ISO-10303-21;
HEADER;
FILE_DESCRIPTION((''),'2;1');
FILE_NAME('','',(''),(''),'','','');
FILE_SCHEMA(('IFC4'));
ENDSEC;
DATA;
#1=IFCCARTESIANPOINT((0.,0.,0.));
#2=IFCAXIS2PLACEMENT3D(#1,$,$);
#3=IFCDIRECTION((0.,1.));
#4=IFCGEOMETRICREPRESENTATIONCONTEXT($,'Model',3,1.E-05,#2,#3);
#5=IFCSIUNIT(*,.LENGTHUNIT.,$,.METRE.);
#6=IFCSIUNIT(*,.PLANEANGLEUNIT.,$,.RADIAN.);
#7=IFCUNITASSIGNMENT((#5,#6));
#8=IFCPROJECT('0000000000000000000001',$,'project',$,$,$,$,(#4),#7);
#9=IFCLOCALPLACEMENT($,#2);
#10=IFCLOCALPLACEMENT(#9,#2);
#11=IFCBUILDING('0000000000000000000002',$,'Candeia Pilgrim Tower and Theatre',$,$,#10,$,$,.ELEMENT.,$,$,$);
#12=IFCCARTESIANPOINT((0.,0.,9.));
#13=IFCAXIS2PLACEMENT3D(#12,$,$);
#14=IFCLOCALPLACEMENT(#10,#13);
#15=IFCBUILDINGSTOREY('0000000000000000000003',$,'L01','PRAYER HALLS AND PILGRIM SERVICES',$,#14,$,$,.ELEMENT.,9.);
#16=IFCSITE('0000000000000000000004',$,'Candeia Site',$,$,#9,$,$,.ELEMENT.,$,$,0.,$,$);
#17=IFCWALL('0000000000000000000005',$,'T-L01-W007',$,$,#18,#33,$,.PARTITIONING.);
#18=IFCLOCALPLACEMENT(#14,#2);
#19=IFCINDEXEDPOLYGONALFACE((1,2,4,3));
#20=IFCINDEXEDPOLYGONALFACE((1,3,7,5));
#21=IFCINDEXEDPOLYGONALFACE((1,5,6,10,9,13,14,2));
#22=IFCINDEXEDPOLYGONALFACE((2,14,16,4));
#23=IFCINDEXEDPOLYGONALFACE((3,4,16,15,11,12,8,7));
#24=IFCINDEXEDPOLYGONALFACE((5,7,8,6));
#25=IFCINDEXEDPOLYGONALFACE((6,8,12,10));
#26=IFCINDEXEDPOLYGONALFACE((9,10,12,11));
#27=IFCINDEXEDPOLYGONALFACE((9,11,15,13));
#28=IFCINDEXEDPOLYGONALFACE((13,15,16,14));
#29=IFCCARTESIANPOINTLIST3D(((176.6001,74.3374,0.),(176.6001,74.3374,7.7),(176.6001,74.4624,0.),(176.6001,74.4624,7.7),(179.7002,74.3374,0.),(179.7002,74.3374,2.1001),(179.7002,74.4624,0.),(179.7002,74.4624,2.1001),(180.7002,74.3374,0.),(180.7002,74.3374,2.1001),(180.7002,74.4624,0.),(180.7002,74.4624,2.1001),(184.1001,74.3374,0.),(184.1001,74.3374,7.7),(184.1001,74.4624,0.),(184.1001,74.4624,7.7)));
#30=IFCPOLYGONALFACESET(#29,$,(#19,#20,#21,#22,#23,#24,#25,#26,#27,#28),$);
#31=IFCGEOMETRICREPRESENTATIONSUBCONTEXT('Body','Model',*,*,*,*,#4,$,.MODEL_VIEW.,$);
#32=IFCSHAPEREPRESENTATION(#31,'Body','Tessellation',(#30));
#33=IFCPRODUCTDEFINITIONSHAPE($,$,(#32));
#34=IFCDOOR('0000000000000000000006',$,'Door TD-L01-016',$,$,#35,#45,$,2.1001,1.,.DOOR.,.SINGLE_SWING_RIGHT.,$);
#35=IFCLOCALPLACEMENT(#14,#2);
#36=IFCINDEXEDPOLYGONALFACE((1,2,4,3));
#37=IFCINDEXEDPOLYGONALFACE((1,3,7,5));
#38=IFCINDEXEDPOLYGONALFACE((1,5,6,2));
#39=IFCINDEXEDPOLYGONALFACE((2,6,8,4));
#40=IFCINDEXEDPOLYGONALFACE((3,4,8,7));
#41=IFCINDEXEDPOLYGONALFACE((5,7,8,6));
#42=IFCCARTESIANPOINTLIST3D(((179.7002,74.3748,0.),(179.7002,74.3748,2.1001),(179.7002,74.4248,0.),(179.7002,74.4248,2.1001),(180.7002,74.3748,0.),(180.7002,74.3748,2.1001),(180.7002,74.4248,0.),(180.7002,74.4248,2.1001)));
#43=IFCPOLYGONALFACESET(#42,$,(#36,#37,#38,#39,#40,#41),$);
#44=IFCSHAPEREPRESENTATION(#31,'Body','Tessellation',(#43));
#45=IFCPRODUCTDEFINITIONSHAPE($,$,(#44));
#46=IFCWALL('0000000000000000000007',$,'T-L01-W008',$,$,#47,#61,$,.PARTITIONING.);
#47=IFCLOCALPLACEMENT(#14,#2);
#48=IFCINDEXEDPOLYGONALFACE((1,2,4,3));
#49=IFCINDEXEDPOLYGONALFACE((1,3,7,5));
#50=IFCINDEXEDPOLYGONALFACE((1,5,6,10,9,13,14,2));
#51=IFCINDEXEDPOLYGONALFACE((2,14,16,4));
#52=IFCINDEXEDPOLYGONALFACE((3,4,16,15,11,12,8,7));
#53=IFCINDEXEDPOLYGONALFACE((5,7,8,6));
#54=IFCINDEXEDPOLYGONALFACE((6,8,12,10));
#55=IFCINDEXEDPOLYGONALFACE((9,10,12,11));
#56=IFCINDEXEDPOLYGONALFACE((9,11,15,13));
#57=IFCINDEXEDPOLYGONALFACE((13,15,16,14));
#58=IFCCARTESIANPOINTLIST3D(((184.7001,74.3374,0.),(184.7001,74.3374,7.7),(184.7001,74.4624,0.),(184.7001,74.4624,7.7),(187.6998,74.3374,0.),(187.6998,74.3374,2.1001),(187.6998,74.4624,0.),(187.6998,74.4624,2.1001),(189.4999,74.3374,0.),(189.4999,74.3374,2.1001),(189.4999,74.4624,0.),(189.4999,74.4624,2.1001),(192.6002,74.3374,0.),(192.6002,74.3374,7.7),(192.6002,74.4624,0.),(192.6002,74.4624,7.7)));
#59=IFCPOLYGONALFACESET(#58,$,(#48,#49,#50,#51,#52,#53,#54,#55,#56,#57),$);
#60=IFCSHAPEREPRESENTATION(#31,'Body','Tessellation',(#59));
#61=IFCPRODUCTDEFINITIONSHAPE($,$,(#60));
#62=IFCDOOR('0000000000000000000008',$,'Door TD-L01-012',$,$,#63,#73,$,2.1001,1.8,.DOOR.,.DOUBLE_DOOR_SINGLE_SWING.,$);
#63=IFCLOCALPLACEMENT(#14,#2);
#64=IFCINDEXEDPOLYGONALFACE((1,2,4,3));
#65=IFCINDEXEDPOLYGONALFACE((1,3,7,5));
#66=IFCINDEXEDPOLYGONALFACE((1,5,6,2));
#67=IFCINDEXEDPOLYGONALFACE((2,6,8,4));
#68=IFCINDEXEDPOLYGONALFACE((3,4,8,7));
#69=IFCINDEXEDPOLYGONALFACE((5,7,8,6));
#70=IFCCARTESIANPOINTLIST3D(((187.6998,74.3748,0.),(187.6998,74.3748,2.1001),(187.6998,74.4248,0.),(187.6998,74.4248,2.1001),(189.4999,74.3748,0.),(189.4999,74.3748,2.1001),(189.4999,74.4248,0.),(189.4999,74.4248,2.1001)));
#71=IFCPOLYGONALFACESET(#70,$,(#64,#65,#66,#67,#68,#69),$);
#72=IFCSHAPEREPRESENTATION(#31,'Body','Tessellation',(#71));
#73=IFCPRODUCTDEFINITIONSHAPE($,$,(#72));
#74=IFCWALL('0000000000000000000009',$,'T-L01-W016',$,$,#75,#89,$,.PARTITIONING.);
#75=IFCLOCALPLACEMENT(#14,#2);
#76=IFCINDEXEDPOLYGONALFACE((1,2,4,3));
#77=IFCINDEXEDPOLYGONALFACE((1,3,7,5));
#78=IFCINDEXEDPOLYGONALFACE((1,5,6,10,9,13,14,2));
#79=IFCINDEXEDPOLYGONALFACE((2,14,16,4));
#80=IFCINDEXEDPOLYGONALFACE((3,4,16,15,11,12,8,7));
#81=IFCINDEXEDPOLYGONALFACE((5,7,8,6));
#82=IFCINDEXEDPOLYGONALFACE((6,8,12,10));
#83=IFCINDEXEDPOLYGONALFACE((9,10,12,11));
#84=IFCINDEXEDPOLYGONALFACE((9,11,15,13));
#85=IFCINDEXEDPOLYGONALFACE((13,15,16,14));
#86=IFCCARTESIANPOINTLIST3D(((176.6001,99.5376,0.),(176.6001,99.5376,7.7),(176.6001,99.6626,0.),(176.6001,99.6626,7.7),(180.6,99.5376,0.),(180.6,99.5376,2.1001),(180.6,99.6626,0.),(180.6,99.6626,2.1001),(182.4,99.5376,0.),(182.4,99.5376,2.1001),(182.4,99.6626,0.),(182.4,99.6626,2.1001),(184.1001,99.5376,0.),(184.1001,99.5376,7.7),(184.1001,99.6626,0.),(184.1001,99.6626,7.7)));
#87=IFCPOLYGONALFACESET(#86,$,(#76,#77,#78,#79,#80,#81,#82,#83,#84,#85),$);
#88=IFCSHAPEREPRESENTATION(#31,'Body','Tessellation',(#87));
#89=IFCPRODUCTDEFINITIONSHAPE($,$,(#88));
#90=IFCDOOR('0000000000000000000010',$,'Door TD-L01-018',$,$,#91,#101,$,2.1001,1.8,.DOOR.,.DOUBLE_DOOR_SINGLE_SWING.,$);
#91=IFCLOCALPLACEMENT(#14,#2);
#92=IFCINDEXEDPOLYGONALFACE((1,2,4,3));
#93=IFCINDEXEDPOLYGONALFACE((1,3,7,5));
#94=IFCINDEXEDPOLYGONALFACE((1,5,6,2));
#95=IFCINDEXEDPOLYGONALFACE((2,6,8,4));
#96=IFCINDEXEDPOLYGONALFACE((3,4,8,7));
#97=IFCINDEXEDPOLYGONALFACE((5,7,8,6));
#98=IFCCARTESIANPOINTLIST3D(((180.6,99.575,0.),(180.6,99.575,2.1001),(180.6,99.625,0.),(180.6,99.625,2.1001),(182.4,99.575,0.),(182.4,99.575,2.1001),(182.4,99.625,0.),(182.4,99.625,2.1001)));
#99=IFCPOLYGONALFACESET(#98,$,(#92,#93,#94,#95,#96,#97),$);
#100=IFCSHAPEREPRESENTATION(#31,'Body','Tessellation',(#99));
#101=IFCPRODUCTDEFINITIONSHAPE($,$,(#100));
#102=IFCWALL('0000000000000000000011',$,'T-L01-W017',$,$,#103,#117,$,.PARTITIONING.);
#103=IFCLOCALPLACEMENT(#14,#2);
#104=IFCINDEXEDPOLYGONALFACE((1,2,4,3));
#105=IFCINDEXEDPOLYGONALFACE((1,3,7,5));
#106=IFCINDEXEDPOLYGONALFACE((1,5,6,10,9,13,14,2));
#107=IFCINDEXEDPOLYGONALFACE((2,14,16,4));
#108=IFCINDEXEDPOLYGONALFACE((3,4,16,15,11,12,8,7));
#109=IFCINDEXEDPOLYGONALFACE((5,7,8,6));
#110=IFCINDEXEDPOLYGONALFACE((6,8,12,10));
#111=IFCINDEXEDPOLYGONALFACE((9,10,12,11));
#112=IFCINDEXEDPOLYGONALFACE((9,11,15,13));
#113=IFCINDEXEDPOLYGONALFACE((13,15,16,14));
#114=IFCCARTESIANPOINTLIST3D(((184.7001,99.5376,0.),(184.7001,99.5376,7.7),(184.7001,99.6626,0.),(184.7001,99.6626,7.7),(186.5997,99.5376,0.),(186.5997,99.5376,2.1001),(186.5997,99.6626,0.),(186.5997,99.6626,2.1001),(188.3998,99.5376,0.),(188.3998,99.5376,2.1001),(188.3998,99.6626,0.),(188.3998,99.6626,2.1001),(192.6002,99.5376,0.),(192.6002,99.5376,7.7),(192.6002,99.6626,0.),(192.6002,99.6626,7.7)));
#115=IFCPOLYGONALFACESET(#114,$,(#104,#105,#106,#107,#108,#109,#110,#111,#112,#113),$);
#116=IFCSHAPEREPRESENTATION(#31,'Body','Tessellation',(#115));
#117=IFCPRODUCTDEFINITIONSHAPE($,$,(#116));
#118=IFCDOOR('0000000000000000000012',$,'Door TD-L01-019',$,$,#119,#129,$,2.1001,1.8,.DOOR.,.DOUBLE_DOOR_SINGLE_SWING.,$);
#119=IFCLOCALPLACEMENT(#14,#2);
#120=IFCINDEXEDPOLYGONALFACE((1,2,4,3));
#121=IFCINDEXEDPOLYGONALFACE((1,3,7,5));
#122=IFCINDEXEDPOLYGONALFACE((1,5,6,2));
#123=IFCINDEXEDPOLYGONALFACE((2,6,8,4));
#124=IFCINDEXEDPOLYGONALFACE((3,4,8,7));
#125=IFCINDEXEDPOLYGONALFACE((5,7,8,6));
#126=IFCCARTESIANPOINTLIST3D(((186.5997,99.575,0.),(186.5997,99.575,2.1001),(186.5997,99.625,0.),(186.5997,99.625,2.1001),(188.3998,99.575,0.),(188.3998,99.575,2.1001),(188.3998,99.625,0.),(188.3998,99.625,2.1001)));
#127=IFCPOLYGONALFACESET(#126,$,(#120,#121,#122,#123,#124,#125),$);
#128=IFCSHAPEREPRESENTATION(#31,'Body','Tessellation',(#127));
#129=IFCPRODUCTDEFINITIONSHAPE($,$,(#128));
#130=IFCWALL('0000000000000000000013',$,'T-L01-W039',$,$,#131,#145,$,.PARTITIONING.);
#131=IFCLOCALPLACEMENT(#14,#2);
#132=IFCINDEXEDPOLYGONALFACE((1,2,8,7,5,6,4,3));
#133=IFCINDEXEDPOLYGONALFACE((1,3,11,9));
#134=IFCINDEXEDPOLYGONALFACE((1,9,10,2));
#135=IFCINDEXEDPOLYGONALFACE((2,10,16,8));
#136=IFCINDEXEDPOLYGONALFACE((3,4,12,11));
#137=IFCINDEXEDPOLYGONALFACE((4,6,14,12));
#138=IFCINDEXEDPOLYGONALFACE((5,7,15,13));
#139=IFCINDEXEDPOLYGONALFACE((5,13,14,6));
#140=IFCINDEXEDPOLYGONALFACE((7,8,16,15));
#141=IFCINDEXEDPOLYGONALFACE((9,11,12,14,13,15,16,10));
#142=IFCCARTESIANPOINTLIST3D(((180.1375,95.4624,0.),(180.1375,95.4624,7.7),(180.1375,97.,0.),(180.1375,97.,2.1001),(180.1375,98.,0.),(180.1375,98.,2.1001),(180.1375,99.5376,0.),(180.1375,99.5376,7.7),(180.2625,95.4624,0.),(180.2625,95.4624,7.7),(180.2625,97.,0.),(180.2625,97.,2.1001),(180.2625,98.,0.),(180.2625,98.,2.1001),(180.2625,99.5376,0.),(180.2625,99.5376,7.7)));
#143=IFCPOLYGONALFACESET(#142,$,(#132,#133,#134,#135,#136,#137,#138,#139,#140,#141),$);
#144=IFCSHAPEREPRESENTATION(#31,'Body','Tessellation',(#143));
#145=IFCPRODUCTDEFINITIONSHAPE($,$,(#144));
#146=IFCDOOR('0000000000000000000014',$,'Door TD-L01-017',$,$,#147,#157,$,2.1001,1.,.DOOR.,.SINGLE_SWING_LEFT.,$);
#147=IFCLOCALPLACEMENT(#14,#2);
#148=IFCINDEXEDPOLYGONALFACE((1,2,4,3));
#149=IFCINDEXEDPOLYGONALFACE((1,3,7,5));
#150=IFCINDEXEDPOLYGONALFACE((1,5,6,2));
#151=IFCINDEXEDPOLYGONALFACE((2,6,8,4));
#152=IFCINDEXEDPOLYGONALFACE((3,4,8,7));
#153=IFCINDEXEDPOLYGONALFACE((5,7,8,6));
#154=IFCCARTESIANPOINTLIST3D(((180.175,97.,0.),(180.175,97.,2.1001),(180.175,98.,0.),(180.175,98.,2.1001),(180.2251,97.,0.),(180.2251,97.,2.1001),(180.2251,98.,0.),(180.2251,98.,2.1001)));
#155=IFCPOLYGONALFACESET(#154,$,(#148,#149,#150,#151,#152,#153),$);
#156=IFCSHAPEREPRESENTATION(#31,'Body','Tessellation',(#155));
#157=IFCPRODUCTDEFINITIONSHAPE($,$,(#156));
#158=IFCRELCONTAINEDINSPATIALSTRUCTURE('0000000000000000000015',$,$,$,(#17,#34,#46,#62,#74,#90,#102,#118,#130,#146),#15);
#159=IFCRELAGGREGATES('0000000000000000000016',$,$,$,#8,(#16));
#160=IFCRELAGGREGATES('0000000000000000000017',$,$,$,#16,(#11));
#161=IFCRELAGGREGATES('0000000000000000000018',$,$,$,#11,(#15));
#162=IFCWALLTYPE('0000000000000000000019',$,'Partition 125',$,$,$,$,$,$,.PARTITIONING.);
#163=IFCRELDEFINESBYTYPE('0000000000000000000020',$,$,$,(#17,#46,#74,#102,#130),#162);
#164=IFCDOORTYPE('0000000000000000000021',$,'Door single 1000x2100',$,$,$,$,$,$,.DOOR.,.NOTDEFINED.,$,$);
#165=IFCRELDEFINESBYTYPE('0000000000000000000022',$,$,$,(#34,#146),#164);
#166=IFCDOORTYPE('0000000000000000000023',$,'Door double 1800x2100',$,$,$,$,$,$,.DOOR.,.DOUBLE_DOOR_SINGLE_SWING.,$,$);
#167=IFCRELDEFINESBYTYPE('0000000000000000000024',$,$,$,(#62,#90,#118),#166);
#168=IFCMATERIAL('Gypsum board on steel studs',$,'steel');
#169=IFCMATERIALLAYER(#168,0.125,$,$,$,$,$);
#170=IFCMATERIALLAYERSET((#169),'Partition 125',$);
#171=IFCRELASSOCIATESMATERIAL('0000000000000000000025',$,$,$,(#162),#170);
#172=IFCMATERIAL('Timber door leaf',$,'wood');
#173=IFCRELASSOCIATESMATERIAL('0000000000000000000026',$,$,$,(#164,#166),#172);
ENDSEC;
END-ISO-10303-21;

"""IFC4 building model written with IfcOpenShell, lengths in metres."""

from ifc_helpers import new_model, si_unit, direction, frame, frame_2d, origin, place, context, subcontext, project, spatial, rectangle, extrude, material, layer, layer_set, type_object, element, fill, save


model = new_model("IFC4")

# Units and contexts
model_context = context("Model", 3, precision=1e-05, world=origin(), true_north=direction((0.0, 1.0)))
body_context = subcontext(model_context, "Body", "Model", "MODEL_VIEW")
ifc_project = project(units=[si_unit("LENGTHUNIT", "METRE"), si_unit("PLANEANGLEUNIT", "RADIAN")], contexts=[model_context])

# Site, building, storey
site_placement = place(None, origin())
site = spatial("IfcSite", under=ifc_project, at=site_placement, Name="Candeia Site", CompositionType="ELEMENT", RefElevation=0.0)
building_placement = place(site_placement, origin())
building = spatial("IfcBuilding", under=site, at=building_placement, Name="Candeia Pilgrim Tower and Theatre", CompositionType="ELEMENT")
storey_placement = place(building_placement, frame((0.0, 0.0, 9.0)))
storey = spatial("IfcBuildingStorey", under=building, at=storey_placement, Name="L01", Description="PRAYER HALLS AND PILGRIM SERVICES", CompositionType="ELEMENT", Elevation=9.0)

# Shared definitions
ifc_material_1 = material(Name="Gypsum board on steel studs", Category="steel")
ifc_layer = layer(ifc_material_1, 0.125)
ifc_layer_set = layer_set([ifc_layer], Name="Partition 125")
wall_type = type_object("IfcWallType", Name="Partition 125", PredefinedType="PARTITIONING", material=ifc_layer_set)

# Shared definitions
ifc_material_2 = material(Name="Timber door leaf", Category="wood")
door_type_1 = type_object("IfcDoorType", Name="Door single 1000x2100", OperationType="NOTDEFINED", PredefinedType="DOOR", material=ifc_material_2)

# Walls, openings, doors
wall_1_placement = place(storey_placement, frame((176.6001, 74.3999, 0.0), z_axis=(0.0, 0.0, 1.0), x_axis=(1.0, 0.0, 0.0)))
wall_1 = element("IfcWall", 1, at=wall_1_placement, inside=storey, type_object=wall_type, Name="T-L01-W007", PredefinedType="PARTITIONING", context=body_context, shape_type="SweptSolid", body=[
    extrude(rectangle(XDim=7.5, YDim=0.125, at=frame_2d((3.75, 0.0))), origin(), (0.0, 0.0, 1.0), 7.7),
])
opening_1_placement = place(wall_1_placement, frame((3.1001, 0.0, 0.0)))
opening_1 = element("IfcOpeningElement", 2, at=opening_1_placement, cuts=wall_1, PredefinedType="OPENING", context=body_context, shape_type="SweptSolid", body=[
    extrude(rectangle(XDim=1.0, YDim=2.1001, at=frame_2d((0.5, 1.05))), frame((0.0, 0.0725, 0.0), z_axis=(0.0, -1.0, 0.0), x_axis=(1.0, 0.0, 0.0)), (0.0, 0.0, 1.0), 0.145),
])
door_1_placement = place(opening_1_placement, origin())
door_1 = element("IfcDoor", 3, at=door_1_placement, inside=storey, type_object=door_type_1, Name="Door TD-L01-016", OperationType="SINGLE_SWING_RIGHT", OverallHeight=2.1001, OverallWidth=1.0, PredefinedType="DOOR", context=body_context, shape_type="SweptSolid", body=[
    extrude(rectangle(XDim=1.0, YDim=2.1001, at=frame_2d((0.5, 1.05))), frame((0.0, 0.0249, 0.0), z_axis=(0.0, -1.0, 0.0), x_axis=(1.0, 0.0, 0.0)), (0.0, 0.0, 1.0), 0.05),
])
fill(opening_1, door_1)
wall_2_placement = place(storey_placement, frame((184.7, 74.3999, 0.0), z_axis=(0.0, 0.0, 1.0), x_axis=(1.0, 0.0, 0.0)))
wall_2 = element("IfcWall", 4, at=wall_2_placement, inside=storey, type_object=wall_type, Name="T-L01-W008", PredefinedType="PARTITIONING", context=body_context, shape_type="SweptSolid", body=[
    extrude(rectangle(XDim=7.9001, YDim=0.125, at=frame_2d((3.9502, 0.0))), origin(), (0.0, 0.0, 1.0), 7.7),
])
opening_2_placement = place(wall_2_placement, frame((3.0, 0.0, 0.0)))
opening_2 = element("IfcOpeningElement", 5, at=opening_2_placement, cuts=wall_2, PredefinedType="OPENING", context=body_context, shape_type="SweptSolid", body=[
    extrude(rectangle(XDim=1.8, YDim=2.1001, at=frame_2d((0.8999, 1.05))), frame((0.0, 0.0725, 0.0), z_axis=(0.0, -1.0, 0.0), x_axis=(1.0, 0.0, 0.0)), (0.0, 0.0, 1.0), 0.145),
])
door_type_2 = type_object("IfcDoorType", Name="Door double 1800x2100", OperationType="DOUBLE_DOOR_SINGLE_SWING", PredefinedType="DOOR", material=ifc_material_2)
door_2_placement = place(opening_2_placement, origin())
door_2 = element("IfcDoor", 6, at=door_2_placement, inside=storey, type_object=door_type_2, Name="Door TD-L01-012", OperationType="DOUBLE_DOOR_SINGLE_SWING", OverallHeight=2.1001, OverallWidth=1.8, PredefinedType="DOOR", context=body_context, shape_type="SweptSolid", body=[
    extrude(rectangle(XDim=1.8, YDim=2.1001, at=frame_2d((0.8999, 1.05))), frame((0.0, 0.0249, 0.0), z_axis=(0.0, -1.0, 0.0), x_axis=(1.0, 0.0, 0.0)), (0.0, 0.0, 1.0), 0.05),
])
fill(opening_2, door_2)
wall_3_placement = place(storey_placement, frame((176.6001, 99.6001, 0.0), z_axis=(0.0, 0.0, 1.0), x_axis=(1.0, 0.0, 0.0)))
wall_3 = element("IfcWall", 7, at=wall_3_placement, inside=storey, type_object=wall_type, Name="T-L01-W016", PredefinedType="PARTITIONING", context=body_context, shape_type="SweptSolid", body=[
    extrude(rectangle(XDim=7.5, YDim=0.125, at=frame_2d((3.75, 0.0))), origin(), (0.0, 0.0, 1.0), 7.7),
])
opening_3_placement = place(wall_3_placement, frame((4.0, 0.0, 0.0)))
opening_3 = element("IfcOpeningElement", 8, at=opening_3_placement, cuts=wall_3, PredefinedType="OPENING", context=body_context, shape_type="SweptSolid", body=[
    extrude(rectangle(XDim=1.8, YDim=2.1001, at=frame_2d((0.8999, 1.05))), frame((0.0, 0.0725, 0.0), z_axis=(0.0, -1.0, 0.0), x_axis=(1.0, 0.0, 0.0)), (0.0, 0.0, 1.0), 0.145),
])
door_3_placement = place(opening_3_placement, origin())
door_3 = element("IfcDoor", 9, at=door_3_placement, inside=storey, type_object=door_type_2, Name="Door TD-L01-018", OperationType="DOUBLE_DOOR_SINGLE_SWING", OverallHeight=2.1001, OverallWidth=1.8, PredefinedType="DOOR", context=body_context, shape_type="SweptSolid", body=[
    extrude(rectangle(XDim=1.8, YDim=2.1001, at=frame_2d((0.8999, 1.05))), frame((0.0, 0.0249, 0.0), z_axis=(0.0, -1.0, 0.0), x_axis=(1.0, 0.0, 0.0)), (0.0, 0.0, 1.0), 0.05),
])
fill(opening_3, door_3)
wall_4_placement = place(storey_placement, frame((184.7, 99.6001, 0.0), z_axis=(0.0, 0.0, 1.0), x_axis=(1.0, 0.0, 0.0)))
wall_4 = element("IfcWall", 10, at=wall_4_placement, inside=storey, type_object=wall_type, Name="T-L01-W017", PredefinedType="PARTITIONING", context=body_context, shape_type="SweptSolid", body=[
    extrude(rectangle(XDim=7.9001, YDim=0.125, at=frame_2d((3.9502, 0.0))), origin(), (0.0, 0.0, 1.0), 7.7),
])
opening_4_placement = place(wall_4_placement, frame((1.8999, 0.0, 0.0)))
opening_4 = element("IfcOpeningElement", 11, at=opening_4_placement, cuts=wall_4, PredefinedType="OPENING", context=body_context, shape_type="SweptSolid", body=[
    extrude(rectangle(XDim=1.8, YDim=2.1001, at=frame_2d((0.8999, 1.05))), frame((0.0, 0.0725, 0.0), z_axis=(0.0, -1.0, 0.0), x_axis=(1.0, 0.0, 0.0)), (0.0, 0.0, 1.0), 0.145),
])
door_4_placement = place(opening_4_placement, origin())
door_4 = element("IfcDoor", 12, at=door_4_placement, inside=storey, type_object=door_type_2, Name="Door TD-L01-019", OperationType="DOUBLE_DOOR_SINGLE_SWING", OverallHeight=2.1001, OverallWidth=1.8, PredefinedType="DOOR", context=body_context, shape_type="SweptSolid", body=[
    extrude(rectangle(XDim=1.8, YDim=2.1001, at=frame_2d((0.8999, 1.05))), frame((0.0, 0.0249, 0.0), z_axis=(0.0, -1.0, 0.0), x_axis=(1.0, 0.0, 0.0)), (0.0, 0.0, 1.0), 0.05),
])
fill(opening_4, door_4)
wall_5_placement = place(storey_placement, frame((180.2, 95.4624, 0.0), z_axis=(0.0, 0.0, 1.0), x_axis=(0.0, 1.0, 0.0)))
wall_5 = element("IfcWall", 13, at=wall_5_placement, inside=storey, type_object=wall_type, Name="T-L01-W039", PredefinedType="PARTITIONING", context=body_context, shape_type="SweptSolid", body=[
    extrude(rectangle(XDim=4.0752, YDim=0.125, at=frame_2d((2.0376, 0.0))), origin(), (0.0, 0.0, 1.0), 7.7),
])
opening_5_placement = place(wall_5_placement, frame((1.5376, 0.0, 0.0)))
opening_5 = element("IfcOpeningElement", 14, at=opening_5_placement, cuts=wall_5, PredefinedType="OPENING", context=body_context, shape_type="SweptSolid", body=[
    extrude(rectangle(XDim=1.0, YDim=2.1001, at=frame_2d((0.5, 1.05))), frame((0.0, 0.0725, 0.0), z_axis=(0.0, -1.0, 0.0), x_axis=(1.0, 0.0, 0.0)), (0.0, 0.0, 1.0), 0.145),
])
door_5_placement = place(opening_5_placement, origin())
door_5 = element("IfcDoor", 15, at=door_5_placement, inside=storey, type_object=door_type_1, Name="Door TD-L01-017", OperationType="SINGLE_SWING_LEFT", OverallHeight=2.1001, OverallWidth=1.0, PredefinedType="DOOR", context=body_context, shape_type="SweptSolid", body=[
    extrude(rectangle(XDim=1.0, YDim=2.1001, at=frame_2d((0.5, 1.05))), frame((0.0, 0.0249, 0.0), z_axis=(0.0, -1.0, 0.0), x_axis=(1.0, 0.0, 0.0)), (0.0, 0.0, 1.0), 0.05),
])
fill(opening_5, door_5)

save(model, "model.ifc")
